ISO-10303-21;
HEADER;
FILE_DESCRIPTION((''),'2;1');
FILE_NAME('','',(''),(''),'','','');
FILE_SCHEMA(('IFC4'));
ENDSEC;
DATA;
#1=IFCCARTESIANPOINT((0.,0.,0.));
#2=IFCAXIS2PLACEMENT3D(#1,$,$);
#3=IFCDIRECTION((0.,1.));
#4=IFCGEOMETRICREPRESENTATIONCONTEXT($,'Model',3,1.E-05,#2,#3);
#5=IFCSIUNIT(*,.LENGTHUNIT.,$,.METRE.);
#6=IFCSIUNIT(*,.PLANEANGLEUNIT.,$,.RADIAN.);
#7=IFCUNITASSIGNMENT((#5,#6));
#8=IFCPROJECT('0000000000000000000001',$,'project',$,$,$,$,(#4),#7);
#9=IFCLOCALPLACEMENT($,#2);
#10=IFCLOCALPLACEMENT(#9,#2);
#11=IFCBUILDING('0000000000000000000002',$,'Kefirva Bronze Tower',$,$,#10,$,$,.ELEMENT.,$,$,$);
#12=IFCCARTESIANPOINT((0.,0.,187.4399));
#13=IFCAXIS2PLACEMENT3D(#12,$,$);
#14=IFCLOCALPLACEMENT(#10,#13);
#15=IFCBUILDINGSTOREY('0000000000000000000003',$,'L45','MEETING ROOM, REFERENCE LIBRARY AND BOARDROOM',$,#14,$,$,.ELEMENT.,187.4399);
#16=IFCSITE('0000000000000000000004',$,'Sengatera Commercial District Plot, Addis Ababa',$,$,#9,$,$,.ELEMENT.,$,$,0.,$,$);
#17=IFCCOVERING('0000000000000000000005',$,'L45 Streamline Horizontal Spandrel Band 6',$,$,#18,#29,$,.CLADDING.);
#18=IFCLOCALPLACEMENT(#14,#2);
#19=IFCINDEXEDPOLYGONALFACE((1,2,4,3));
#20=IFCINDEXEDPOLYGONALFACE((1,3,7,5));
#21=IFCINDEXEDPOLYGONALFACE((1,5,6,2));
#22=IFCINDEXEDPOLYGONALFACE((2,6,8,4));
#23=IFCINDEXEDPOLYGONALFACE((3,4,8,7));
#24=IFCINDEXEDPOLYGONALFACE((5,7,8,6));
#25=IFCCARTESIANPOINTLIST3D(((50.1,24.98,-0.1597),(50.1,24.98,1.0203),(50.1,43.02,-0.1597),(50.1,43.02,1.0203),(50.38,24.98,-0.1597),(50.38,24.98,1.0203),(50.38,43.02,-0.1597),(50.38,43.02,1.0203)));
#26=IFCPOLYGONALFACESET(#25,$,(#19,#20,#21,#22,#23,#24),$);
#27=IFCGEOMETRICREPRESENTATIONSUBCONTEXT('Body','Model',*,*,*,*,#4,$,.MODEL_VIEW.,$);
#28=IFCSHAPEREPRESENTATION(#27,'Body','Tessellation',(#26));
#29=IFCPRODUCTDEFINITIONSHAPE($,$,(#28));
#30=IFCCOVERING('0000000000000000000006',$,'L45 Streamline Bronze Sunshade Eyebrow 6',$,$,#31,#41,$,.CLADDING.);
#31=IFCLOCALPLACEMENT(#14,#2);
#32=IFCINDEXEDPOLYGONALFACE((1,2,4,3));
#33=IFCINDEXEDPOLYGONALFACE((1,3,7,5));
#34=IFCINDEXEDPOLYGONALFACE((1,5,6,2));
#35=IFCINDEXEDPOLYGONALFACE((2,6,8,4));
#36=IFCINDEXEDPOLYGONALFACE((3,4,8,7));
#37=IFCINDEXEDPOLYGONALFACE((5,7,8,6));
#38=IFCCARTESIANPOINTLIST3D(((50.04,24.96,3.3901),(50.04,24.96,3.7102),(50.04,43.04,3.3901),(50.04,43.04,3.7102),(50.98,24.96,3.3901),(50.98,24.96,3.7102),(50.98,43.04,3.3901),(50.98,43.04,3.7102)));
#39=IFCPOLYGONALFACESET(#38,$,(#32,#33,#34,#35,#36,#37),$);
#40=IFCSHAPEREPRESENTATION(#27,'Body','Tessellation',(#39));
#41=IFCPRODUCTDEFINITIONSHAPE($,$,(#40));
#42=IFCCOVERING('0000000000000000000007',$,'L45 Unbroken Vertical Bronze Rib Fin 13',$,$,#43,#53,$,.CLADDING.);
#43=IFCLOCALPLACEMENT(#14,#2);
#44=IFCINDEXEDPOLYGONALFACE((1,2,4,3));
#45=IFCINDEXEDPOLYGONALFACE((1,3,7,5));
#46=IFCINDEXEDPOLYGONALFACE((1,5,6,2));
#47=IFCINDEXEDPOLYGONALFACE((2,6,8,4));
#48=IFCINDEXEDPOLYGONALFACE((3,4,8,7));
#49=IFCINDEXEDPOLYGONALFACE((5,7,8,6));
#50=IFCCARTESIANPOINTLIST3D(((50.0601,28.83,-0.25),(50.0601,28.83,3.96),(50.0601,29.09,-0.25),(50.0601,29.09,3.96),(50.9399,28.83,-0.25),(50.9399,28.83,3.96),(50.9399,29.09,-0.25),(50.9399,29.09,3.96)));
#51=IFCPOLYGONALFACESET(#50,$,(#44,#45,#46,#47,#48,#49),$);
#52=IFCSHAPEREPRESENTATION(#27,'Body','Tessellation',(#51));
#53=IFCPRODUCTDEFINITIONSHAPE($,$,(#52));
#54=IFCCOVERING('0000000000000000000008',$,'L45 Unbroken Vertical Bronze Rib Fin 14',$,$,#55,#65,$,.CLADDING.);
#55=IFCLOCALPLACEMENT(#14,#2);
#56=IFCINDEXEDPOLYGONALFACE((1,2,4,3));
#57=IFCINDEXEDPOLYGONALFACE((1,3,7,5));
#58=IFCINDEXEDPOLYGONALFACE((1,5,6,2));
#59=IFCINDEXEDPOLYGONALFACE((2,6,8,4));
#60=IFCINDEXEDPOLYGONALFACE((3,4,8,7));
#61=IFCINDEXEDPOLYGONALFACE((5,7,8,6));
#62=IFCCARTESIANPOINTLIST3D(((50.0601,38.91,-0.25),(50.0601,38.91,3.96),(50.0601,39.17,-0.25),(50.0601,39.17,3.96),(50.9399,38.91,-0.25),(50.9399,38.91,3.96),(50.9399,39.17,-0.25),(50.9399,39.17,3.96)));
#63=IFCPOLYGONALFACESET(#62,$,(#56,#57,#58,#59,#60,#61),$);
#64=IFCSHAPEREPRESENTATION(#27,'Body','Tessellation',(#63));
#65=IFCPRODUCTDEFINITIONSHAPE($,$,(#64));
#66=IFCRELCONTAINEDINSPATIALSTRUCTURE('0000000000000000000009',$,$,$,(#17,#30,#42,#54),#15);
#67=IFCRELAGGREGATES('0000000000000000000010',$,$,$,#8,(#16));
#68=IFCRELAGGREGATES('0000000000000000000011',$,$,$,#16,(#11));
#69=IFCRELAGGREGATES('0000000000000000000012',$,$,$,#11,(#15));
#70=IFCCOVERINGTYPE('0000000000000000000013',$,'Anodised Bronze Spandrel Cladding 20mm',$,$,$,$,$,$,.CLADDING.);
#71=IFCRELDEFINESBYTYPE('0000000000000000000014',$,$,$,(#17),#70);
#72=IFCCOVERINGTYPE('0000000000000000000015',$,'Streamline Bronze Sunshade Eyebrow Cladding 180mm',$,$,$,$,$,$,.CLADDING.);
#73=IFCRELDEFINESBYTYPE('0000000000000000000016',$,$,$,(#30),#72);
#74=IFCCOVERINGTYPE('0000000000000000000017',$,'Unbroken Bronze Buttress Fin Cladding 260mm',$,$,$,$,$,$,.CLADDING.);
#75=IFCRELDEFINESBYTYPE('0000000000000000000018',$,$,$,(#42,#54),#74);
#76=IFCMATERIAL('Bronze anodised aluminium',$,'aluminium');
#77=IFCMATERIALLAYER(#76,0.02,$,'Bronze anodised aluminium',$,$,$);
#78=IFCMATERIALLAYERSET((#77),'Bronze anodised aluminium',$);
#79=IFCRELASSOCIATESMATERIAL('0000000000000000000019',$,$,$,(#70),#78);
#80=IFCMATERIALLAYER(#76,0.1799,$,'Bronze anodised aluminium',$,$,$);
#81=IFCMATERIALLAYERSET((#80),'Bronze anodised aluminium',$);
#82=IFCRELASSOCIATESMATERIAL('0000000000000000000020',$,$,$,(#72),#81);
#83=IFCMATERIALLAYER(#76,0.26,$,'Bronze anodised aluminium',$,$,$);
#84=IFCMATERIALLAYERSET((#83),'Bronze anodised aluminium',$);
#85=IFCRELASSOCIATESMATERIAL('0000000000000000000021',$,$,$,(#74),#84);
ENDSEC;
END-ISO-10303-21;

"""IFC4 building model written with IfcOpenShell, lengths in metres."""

from ifc_helpers import new_model, si_unit, direction, frame, origin, origin_2d, place, context, subcontext, project, spatial, rectangle, extrude, material, layer, layer_set, type_object, element, save


model = new_model("IFC4")

# Units and contexts
model_context = context("Model", 3, precision=1e-05, world=origin(), true_north=direction((0.0, 1.0)))
body_context = subcontext(model_context, "Body", "Model", "MODEL_VIEW")
ifc_project = project(units=[si_unit("LENGTHUNIT", "METRE"), si_unit("PLANEANGLEUNIT", "RADIAN")], contexts=[model_context])

# Site, building, storey
site_placement = place(None, origin())
site = spatial("IfcSite", under=ifc_project, at=site_placement, Name="Sengatera Commercial District Plot, Addis Ababa", CompositionType="ELEMENT", RefElevation=0.0)
building_placement = place(site_placement, origin())
building = spatial("IfcBuilding", under=site, at=building_placement, Name="Kefirva Bronze Tower", CompositionType="ELEMENT")
storey_placement = place(building_placement, frame((0.0, 0.0, 187.4399)))
storey = spatial("IfcBuildingStorey", under=building, at=storey_placement, Name="L45", Description="MEETING ROOM, REFERENCE LIBRARY AND BOARDROOM", CompositionType="ELEMENT", Elevation=187.4399)

# Shared definitions
ifc_material_1 = material(Name="Bronze anodised aluminium", Category="aluminium")

# Coverings
ifc_layer_1 = layer(ifc_material_1, 0.02, Name="Bronze anodised aluminium")
ifc_layer_set_1 = layer_set([ifc_layer_1], Name="Bronze anodised aluminium")
covering_type_1 = type_object("IfcCoveringType", Name="Anodised Bronze Spandrel Cladding 20mm", PredefinedType="CLADDING", material=ifc_layer_set_1)
covering_1_placement = place(storey_placement, frame((50.24, 34.0, -0.1597), z_axis=(0.0, 0.0, 1.0), x_axis=(0.0, 1.0, 0.0)))
element("IfcCovering", 1, at=covering_1_placement, inside=storey, type_object=covering_type_1, Name="L45 Streamline Horizontal Spandrel Band 6", PredefinedType="CLADDING", context=body_context, shape_type="SweptSolid", body=[
    extrude(rectangle(XDim=18.04, YDim=0.28, at=origin_2d()), origin(), (0.0, 0.0, 1.0), 1.1799),
])
ifc_layer_2 = layer(ifc_material_1, 0.1799, Name="Bronze anodised aluminium")
ifc_layer_set_2 = layer_set([ifc_layer_2], Name="Bronze anodised aluminium")
covering_type_2 = type_object("IfcCoveringType", Name="Streamline Bronze Sunshade Eyebrow Cladding 180mm", PredefinedType="CLADDING", material=ifc_layer_set_2)
covering_2_placement = place(storey_placement, frame((50.51, 34.0, 3.3901), z_axis=(0.0, 0.0, 1.0), x_axis=(0.0, 1.0, 0.0)))
element("IfcCovering", 2, at=covering_2_placement, inside=storey, type_object=covering_type_2, Name="L45 Streamline Bronze Sunshade Eyebrow 6", PredefinedType="CLADDING", context=body_context, shape_type="SweptSolid", body=[
    extrude(rectangle(XDim=18.0801, YDim=0.9399, at=origin_2d()), origin(), (0.0, 0.0, 1.0), 0.3201),
])
ifc_layer_3 = layer(ifc_material_1, 0.26, Name="Bronze anodised aluminium")
ifc_layer_set_3 = layer_set([ifc_layer_3], Name="Bronze anodised aluminium")
covering_type_3 = type_object("IfcCoveringType", Name="Unbroken Bronze Buttress Fin Cladding 260mm", PredefinedType="CLADDING", material=ifc_layer_set_3)
for number, where, z_axis, x_axis, name in (
    (3, (50.5, 28.96, -0.25), (0.0, 0.0, 1.0), (0.0, 1.0, 0.0), "L45 Unbroken Vertical Bronze Rib Fin 13"),
    (4, (50.5, 39.04, -0.25), (0.0, 0.0, 1.0), (0.0, 1.0, 0.0), "L45 Unbroken Vertical Bronze Rib Fin 14"),
):
    element("IfcCovering", number, at=place(storey_placement, frame(where, z_axis=z_axis, x_axis=x_axis)), inside=storey, type_object=covering_type_3, Name=name, PredefinedType="CLADDING", context=body_context, shape_type="SweptSolid", body=[
        extrude(rectangle(XDim=0.26, YDim=0.8799, at=origin_2d()), origin(), (0.0, 0.0, 1.0), 4.21),
    ])

save(model, "model.ifc")
